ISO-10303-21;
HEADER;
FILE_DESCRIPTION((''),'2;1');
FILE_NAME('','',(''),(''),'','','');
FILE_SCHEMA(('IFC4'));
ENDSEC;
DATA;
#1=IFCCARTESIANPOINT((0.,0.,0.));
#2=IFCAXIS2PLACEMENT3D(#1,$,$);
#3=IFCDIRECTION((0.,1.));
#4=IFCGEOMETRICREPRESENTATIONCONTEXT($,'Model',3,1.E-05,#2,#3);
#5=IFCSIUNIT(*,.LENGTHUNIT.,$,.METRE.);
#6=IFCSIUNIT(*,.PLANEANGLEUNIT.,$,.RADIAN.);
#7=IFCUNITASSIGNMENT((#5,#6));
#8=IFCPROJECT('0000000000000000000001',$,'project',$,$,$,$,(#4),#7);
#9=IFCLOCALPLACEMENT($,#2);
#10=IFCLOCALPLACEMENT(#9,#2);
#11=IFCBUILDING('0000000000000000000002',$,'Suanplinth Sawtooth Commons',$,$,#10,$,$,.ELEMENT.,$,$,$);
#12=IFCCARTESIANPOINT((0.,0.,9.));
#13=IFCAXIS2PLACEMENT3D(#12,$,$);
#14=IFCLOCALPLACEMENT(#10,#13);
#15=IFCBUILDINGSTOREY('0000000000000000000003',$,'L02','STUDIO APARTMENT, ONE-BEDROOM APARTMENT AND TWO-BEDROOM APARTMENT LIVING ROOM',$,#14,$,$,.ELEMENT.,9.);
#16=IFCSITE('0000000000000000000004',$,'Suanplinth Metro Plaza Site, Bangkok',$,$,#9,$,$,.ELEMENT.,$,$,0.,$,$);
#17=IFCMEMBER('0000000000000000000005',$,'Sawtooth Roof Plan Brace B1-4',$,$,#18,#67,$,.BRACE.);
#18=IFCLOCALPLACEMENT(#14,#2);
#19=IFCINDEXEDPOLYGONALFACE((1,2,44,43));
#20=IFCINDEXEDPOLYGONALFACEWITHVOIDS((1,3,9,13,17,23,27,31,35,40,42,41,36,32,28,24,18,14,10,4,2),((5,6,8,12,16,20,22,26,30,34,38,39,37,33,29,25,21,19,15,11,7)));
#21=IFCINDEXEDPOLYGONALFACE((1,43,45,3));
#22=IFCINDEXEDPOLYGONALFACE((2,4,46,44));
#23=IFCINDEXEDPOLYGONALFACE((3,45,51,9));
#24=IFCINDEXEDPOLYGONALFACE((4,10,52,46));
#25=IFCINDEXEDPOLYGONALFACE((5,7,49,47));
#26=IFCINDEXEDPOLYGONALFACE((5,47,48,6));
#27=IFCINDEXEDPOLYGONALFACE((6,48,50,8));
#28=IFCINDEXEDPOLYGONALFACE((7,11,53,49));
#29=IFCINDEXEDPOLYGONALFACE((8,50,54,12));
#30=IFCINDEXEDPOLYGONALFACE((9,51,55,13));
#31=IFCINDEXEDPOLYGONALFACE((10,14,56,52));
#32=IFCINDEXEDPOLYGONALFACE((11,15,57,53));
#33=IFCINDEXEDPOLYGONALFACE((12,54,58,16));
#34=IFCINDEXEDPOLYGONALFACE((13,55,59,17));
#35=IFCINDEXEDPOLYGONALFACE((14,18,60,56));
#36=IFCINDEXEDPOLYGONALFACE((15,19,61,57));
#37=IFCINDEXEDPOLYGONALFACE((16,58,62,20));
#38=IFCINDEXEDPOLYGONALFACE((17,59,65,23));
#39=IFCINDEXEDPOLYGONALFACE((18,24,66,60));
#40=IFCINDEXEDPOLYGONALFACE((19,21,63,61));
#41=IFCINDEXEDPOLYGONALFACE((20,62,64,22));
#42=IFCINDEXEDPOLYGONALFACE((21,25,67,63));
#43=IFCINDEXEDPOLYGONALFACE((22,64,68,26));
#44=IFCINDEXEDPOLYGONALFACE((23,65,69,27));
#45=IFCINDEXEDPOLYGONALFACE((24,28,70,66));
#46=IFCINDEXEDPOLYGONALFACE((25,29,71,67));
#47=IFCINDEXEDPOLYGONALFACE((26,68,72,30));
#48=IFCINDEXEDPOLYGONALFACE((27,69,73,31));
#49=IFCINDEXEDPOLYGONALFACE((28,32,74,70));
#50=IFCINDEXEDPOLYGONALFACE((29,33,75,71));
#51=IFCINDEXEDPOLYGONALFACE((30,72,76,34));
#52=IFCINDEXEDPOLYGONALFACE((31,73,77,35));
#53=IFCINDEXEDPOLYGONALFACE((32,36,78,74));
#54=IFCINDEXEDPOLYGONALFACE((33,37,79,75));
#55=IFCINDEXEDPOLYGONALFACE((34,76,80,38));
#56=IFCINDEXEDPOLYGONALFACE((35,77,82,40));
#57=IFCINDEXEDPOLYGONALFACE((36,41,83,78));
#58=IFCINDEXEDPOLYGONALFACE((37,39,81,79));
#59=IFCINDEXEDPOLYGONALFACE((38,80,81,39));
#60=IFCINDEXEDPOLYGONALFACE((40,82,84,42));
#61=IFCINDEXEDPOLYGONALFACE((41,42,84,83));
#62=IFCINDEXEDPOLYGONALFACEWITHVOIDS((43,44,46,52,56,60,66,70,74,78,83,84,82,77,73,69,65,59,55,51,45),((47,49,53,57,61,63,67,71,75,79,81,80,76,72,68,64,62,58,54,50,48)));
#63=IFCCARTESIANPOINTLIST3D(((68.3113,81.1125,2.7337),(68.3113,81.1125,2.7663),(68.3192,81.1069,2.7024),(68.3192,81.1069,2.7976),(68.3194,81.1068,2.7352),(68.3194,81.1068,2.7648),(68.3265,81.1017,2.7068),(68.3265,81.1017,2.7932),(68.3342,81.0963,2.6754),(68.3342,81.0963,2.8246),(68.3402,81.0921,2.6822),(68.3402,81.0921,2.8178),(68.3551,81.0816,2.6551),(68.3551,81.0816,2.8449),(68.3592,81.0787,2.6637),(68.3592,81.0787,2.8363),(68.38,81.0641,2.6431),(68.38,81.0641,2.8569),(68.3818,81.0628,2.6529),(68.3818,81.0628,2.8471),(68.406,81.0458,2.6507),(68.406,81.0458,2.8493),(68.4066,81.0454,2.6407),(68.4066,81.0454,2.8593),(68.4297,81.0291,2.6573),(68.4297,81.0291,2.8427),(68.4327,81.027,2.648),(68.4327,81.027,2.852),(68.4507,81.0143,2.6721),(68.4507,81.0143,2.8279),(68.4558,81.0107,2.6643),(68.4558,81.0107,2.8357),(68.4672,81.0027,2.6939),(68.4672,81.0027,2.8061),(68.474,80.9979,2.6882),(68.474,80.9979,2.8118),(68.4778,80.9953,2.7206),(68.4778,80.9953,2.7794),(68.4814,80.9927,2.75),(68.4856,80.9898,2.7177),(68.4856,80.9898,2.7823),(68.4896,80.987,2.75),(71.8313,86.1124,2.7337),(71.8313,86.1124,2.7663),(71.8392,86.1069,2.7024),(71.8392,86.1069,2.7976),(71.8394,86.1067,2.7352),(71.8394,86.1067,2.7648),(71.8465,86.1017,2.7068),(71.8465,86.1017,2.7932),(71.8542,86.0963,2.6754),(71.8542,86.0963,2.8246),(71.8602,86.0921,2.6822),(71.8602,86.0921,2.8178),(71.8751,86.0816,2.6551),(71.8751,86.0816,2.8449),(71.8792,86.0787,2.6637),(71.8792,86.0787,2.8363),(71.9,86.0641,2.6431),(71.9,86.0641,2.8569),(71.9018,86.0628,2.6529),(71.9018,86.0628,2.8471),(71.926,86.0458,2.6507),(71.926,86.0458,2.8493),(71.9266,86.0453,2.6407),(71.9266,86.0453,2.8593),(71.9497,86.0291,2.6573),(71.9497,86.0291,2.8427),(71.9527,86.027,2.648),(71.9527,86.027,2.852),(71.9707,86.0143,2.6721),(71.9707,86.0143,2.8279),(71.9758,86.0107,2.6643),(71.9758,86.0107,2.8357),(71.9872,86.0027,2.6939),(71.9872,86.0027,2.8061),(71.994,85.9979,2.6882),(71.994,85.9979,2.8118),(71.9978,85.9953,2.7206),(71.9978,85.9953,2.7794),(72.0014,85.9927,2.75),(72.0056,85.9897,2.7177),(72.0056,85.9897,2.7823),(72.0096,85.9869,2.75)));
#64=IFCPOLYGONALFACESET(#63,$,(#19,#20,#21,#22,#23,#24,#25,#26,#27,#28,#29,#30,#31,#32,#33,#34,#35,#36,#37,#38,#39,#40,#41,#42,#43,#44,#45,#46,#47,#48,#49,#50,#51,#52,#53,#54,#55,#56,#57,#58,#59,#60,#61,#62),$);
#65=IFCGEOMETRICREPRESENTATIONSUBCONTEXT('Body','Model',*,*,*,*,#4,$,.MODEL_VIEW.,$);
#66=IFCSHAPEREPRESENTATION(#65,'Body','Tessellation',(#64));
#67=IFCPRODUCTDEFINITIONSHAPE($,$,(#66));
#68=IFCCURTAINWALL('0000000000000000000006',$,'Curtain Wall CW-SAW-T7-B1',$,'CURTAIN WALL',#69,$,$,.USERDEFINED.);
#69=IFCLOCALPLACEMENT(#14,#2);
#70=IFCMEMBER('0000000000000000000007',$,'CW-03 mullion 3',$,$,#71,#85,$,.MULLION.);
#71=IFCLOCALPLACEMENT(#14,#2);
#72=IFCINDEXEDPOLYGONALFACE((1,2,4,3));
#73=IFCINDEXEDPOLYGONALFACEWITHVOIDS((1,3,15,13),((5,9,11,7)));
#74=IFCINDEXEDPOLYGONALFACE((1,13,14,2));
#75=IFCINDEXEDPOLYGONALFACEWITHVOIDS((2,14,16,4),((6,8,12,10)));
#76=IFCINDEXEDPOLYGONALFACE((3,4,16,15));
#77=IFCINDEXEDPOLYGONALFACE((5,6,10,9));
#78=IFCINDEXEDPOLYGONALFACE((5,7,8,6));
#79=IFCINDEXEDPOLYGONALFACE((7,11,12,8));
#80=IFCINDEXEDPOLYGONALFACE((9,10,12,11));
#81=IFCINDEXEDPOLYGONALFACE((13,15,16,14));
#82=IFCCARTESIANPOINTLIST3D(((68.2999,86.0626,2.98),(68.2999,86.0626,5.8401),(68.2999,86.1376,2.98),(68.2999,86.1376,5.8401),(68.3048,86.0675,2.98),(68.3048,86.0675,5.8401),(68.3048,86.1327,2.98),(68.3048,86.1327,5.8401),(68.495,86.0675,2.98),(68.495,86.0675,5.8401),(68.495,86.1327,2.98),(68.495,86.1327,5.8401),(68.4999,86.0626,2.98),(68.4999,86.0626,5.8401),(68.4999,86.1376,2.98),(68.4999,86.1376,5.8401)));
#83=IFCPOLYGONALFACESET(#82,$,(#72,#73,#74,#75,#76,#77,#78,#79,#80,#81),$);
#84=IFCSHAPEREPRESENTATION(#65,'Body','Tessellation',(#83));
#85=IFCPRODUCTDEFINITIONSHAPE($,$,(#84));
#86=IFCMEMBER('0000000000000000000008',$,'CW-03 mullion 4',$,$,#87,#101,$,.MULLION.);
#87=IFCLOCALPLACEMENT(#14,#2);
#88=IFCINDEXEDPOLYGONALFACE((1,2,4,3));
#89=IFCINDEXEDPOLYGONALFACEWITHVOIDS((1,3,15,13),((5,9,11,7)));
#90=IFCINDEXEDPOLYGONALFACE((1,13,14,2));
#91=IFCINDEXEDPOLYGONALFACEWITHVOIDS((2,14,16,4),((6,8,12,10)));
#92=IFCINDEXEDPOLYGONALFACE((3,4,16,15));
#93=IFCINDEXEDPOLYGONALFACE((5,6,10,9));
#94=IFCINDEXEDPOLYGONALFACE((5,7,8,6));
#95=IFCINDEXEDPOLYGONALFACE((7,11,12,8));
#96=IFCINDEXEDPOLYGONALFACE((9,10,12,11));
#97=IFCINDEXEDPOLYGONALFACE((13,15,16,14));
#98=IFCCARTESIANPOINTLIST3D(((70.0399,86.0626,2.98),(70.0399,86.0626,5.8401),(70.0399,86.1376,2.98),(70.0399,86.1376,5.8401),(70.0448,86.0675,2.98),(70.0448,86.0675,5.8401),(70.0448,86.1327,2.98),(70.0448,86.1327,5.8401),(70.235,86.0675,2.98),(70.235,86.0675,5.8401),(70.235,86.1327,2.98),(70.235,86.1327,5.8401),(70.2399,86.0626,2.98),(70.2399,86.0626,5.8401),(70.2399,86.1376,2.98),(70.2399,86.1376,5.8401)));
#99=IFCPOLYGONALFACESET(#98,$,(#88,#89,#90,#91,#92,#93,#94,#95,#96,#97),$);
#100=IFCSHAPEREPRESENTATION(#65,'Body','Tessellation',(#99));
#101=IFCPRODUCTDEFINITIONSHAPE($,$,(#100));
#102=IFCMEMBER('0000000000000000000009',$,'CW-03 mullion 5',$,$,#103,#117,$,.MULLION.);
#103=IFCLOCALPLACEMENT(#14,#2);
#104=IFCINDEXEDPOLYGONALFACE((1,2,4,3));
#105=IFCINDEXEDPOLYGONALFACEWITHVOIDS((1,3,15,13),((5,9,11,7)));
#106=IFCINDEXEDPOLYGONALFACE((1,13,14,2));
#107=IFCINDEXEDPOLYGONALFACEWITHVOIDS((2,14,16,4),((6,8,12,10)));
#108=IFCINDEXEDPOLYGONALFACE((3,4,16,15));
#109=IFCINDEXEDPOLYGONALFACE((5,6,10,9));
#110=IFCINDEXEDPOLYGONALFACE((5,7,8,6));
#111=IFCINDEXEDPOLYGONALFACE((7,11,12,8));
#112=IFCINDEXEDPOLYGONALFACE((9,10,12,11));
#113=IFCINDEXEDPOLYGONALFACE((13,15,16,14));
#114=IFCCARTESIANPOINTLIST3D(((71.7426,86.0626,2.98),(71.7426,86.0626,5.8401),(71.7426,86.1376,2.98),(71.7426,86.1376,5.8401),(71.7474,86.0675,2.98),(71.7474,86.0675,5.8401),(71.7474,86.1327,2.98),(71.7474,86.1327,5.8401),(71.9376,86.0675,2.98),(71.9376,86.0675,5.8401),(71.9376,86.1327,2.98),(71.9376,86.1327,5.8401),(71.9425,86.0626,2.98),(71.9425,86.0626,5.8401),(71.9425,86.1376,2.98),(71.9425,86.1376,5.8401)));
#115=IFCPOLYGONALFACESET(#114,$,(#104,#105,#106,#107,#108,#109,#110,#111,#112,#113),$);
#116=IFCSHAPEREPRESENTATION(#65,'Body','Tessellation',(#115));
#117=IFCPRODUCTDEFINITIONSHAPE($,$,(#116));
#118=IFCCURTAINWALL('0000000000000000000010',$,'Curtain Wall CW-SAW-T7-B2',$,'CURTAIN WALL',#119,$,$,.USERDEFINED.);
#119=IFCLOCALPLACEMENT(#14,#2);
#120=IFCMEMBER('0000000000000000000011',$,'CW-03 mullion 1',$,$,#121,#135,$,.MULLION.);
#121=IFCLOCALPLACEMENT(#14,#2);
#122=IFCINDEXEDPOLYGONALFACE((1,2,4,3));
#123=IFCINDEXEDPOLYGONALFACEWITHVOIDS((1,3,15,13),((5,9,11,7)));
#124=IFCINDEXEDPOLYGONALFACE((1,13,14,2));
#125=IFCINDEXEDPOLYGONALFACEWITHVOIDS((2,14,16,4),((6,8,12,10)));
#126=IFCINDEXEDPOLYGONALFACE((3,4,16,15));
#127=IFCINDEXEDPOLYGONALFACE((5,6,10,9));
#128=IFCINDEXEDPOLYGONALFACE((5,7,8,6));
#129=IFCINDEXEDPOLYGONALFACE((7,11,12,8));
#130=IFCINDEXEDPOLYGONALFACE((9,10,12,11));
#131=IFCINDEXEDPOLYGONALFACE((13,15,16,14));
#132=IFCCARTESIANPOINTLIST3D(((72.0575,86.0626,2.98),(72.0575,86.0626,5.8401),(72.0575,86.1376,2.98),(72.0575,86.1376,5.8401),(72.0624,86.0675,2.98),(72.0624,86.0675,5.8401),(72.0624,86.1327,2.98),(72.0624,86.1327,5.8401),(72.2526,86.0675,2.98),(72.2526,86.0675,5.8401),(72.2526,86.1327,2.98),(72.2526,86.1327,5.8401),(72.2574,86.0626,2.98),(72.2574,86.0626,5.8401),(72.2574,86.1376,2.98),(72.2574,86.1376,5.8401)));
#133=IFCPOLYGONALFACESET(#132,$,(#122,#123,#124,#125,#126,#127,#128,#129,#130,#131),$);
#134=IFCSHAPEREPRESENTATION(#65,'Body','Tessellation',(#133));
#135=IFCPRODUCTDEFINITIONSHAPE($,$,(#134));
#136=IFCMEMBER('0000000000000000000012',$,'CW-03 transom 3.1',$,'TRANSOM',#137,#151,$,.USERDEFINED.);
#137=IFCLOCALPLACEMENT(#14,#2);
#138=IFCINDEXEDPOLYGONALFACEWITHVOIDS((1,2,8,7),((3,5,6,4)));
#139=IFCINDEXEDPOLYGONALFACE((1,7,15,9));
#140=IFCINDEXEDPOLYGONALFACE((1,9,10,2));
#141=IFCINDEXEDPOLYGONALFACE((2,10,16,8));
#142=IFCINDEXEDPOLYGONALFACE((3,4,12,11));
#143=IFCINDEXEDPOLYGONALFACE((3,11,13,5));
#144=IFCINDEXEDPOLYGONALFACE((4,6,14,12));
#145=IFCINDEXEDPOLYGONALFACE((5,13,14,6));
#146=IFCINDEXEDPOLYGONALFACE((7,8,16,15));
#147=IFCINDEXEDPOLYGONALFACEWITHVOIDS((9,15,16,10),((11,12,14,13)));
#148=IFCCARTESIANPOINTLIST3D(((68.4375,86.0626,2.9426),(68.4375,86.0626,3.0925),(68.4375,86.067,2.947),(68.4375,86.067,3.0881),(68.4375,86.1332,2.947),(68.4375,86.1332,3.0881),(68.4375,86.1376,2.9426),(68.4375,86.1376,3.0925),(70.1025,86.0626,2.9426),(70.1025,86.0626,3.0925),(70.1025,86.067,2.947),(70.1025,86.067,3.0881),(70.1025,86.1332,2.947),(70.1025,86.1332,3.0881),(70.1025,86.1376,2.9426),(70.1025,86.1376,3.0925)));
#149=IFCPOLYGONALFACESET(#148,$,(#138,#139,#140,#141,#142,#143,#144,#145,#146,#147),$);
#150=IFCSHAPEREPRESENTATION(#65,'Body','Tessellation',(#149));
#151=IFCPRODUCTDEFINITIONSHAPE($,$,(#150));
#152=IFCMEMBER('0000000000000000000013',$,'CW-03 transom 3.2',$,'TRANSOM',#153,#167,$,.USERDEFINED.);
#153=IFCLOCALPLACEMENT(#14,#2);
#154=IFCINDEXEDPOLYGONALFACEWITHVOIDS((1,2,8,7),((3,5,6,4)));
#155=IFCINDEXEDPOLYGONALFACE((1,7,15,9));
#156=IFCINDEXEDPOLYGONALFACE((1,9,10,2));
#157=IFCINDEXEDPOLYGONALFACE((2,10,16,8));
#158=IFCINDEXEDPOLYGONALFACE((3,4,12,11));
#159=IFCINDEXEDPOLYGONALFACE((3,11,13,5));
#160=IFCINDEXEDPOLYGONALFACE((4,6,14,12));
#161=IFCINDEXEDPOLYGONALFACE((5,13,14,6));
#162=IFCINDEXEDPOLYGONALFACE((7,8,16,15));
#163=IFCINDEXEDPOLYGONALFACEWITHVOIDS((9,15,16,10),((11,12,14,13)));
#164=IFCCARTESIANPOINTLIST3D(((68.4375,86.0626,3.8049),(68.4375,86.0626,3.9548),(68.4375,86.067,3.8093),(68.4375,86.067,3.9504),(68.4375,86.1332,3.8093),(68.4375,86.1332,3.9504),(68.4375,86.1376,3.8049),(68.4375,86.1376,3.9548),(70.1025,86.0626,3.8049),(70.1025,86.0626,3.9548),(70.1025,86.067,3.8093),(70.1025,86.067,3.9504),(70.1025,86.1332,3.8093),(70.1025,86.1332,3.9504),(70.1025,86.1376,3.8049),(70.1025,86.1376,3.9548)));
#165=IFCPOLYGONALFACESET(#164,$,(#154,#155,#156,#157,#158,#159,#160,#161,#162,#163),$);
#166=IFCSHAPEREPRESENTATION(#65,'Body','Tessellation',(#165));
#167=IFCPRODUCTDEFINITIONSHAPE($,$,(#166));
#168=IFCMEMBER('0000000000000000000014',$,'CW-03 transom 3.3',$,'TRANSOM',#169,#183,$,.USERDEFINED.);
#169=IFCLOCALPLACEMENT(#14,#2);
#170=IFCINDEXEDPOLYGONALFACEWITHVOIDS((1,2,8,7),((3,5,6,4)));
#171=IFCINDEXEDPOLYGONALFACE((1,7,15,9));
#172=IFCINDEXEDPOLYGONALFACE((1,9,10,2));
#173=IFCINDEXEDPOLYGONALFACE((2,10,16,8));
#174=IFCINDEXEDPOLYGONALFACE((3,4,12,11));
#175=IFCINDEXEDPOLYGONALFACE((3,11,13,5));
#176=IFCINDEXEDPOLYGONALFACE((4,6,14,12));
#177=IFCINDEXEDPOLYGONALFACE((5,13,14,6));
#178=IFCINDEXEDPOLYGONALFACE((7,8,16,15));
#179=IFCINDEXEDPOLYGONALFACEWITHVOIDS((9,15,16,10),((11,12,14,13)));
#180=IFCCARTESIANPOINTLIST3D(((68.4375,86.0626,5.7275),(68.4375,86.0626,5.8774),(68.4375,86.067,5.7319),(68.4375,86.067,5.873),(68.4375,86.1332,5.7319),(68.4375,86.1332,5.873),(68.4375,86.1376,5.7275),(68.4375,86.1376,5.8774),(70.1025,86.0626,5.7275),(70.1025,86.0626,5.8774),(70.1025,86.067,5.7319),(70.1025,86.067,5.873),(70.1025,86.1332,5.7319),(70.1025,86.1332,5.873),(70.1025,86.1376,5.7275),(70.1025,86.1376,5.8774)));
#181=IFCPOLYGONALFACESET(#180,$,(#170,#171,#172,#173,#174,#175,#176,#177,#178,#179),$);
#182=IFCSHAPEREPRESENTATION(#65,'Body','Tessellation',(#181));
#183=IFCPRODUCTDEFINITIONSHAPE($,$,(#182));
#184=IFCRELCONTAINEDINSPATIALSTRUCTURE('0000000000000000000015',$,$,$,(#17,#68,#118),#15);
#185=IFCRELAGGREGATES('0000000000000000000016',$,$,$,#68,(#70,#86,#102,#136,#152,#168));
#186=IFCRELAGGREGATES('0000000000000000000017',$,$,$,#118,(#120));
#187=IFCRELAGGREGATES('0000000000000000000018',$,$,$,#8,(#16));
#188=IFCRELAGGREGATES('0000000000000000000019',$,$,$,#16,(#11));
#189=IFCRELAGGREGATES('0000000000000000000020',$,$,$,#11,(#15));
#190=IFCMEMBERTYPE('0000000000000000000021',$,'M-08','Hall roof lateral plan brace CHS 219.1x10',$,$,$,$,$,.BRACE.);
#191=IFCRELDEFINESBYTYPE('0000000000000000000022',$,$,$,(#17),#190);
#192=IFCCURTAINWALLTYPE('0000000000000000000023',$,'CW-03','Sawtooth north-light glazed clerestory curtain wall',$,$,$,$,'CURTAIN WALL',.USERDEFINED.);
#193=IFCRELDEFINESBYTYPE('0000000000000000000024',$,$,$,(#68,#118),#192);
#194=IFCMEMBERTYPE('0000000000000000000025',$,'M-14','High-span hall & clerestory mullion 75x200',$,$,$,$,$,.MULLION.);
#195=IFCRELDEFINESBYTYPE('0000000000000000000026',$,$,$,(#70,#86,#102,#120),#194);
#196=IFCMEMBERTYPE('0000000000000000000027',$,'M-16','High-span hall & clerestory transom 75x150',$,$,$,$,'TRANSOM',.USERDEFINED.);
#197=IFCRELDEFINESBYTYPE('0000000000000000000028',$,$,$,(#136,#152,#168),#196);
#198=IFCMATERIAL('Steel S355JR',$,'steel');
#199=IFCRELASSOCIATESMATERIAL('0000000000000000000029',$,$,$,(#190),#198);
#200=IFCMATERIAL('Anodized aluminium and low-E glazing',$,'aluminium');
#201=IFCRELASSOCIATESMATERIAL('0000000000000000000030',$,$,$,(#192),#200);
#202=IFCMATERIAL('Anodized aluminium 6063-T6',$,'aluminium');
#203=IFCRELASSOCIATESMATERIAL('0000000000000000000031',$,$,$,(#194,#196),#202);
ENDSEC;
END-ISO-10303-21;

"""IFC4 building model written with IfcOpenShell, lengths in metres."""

from ifc_helpers import new_model, si_unit, direction, frame, origin, origin_2d, place, context, subcontext, project, spatial, hollow_rectangle, hollow_circle, extrude, material, material_profile, profile_set, type_object, element, aggregate, save


model = new_model("IFC4")

# Units and contexts
model_context = context("Model", 3, precision=1e-05, world=origin(), true_north=direction((0.0, 1.0)))
body_context = subcontext(model_context, "Body", "Model", "MODEL_VIEW")
ifc_project = project(units=[si_unit("LENGTHUNIT", "METRE"), si_unit("PLANEANGLEUNIT", "RADIAN")], contexts=[model_context])

# Site, building, storey
site_placement = place(None, origin())
site = spatial("IfcSite", under=ifc_project, at=site_placement, Name="Suanplinth Metro Plaza Site, Bangkok", CompositionType="ELEMENT", RefElevation=0.0)
building_placement = place(site_placement, origin())
building = spatial("IfcBuilding", under=site, at=building_placement, Name="Suanplinth Sawtooth Commons", CompositionType="ELEMENT")
storey_placement = place(building_placement, frame((0.0, 0.0, 9.0)))
storey = spatial("IfcBuildingStorey", under=building, at=storey_placement, Name="L02", Description="STUDIO APARTMENT, ONE-BEDROOM APARTMENT AND TWO-BEDROOM APARTMENT LIVING ROOM", CompositionType="ELEMENT", Elevation=9.0)

# Member
ifc_material_1 = material(Name="Steel S355JR", Category="steel")
ifc_material_profile_1 = material_profile(ifc_material_1, hollow_circle(Radius=0.1096, WallThickness=0.01, at=origin_2d()), Name="CHS 219.1x10")
ifc_profile_set_1 = profile_set([ifc_material_profile_1], Name="Steel S355JR")
member_type_1 = type_object("IfcMemberType", Name="M-08", Description="Hall roof lateral plan brace CHS 219.1x10", PredefinedType="BRACE", material=ifc_profile_set_1)
member_1_placement = place(storey_placement, frame((71.9199, 86.05, 2.75), z_axis=(-0.575658, -0.817691, 0.0), x_axis=(0.817691, -0.575658, 0.0)))
element("IfcMember", 1, at=member_1_placement, inside=storey, type_object=member_type_1, Name="Sawtooth Roof Plan Brace B1-4", PredefinedType="BRACE", context=body_context, shape_type="SweptSolid", body=[
    extrude(hollow_circle(Radius=0.1096, WallThickness=0.01, at=origin_2d()), origin(), (0.0, 0.0, 1.0), 6.1147),
])

# Curtain wall, members
ifc_material_2 = material(Name="Anodized aluminium and low-E glazing", Category="aluminium")
curtain_wall_type = type_object("IfcCurtainWallType", Name="CW-03", Description="Sawtooth north-light glazed clerestory curtain wall", ElementType="CURTAIN WALL", PredefinedType="USERDEFINED", material=ifc_material_2)
curtain_wall_1_placement = place(storey_placement, origin())
curtain_wall_1 = element("IfcCurtainWall", 2, at=curtain_wall_1_placement, inside=storey, type_object=curtain_wall_type, Name="Curtain Wall CW-SAW-T7-B1", ObjectType="CURTAIN WALL", PredefinedType="USERDEFINED")
ifc_material_3 = material(Name="Anodized aluminium 6063-T6", Category="aluminium")
ifc_material_profile_2 = material_profile(ifc_material_3, hollow_rectangle(XDim=0.075, YDim=0.2, WallThickness=0.0049, at=origin_2d()), Name="ALU-MUL 75x200")
ifc_profile_set_2 = profile_set([ifc_material_profile_2], Name="Anodized aluminium 6063-T6")
member_type_2 = type_object("IfcMemberType", Name="M-14", Description="High-span hall & clerestory mullion 75x200", PredefinedType="MULLION", material=ifc_profile_set_2)
member_2_placement = place(storey_placement, frame((68.3999, 86.1001, 2.98), z_axis=(0.0, 0.0, 1.0), x_axis=(0.0, 1.0, 0.0)))
member_2 = element("IfcMember", 3, at=member_2_placement, type_object=member_type_2, Name="CW-03 mullion 3", PredefinedType="MULLION", context=body_context, shape_type="SweptSolid", body=[
    extrude(hollow_rectangle(XDim=0.075, YDim=0.2, WallThickness=0.0049, at=origin_2d()), origin(), (0.0, 0.0, 1.0), 2.8601),
])
member_3_placement = place(storey_placement, frame((70.1399, 86.1001, 2.98), z_axis=(0.0, 0.0, 1.0), x_axis=(0.0, 1.0, 0.0)))
member_3 = element("IfcMember", 4, at=member_3_placement, type_object=member_type_2, Name="CW-03 mullion 4", PredefinedType="MULLION", context=body_context, shape_type="SweptSolid", body=[
    extrude(hollow_rectangle(XDim=0.075, YDim=0.2, WallThickness=0.0049, at=origin_2d()), origin(), (0.0, 0.0, 1.0), 2.8601),
])
member_4_placement = place(storey_placement, frame((71.8425, 86.1001, 2.98), z_axis=(0.0, 0.0, 1.0), x_axis=(0.0, 1.0, 0.0)))
member_4 = element("IfcMember", 5, at=member_4_placement, type_object=member_type_2, Name="CW-03 mullion 5", PredefinedType="MULLION", context=body_context, shape_type="SweptSolid", body=[
    extrude(hollow_rectangle(XDim=0.075, YDim=0.2, WallThickness=0.0049, at=origin_2d()), origin(), (0.0, 0.0, 1.0), 2.8601),
])

# Curtain wall, member
curtain_wall_2_placement = place(storey_placement, origin())
curtain_wall_2 = element("IfcCurtainWall", 6, at=curtain_wall_2_placement, inside=storey, type_object=curtain_wall_type, Name="Curtain Wall CW-SAW-T7-B2", ObjectType="CURTAIN WALL", PredefinedType="USERDEFINED")
member_5_placement = place(storey_placement, frame((72.1575, 86.1001, 2.98), z_axis=(0.0, 0.0, 1.0), x_axis=(0.0, 1.0, 0.0)))
member_5 = element("IfcMember", 7, at=member_5_placement, type_object=member_type_2, Name="CW-03 mullion 1", PredefinedType="MULLION", context=body_context, shape_type="SweptSolid", body=[
    extrude(hollow_rectangle(XDim=0.075, YDim=0.2, WallThickness=0.0049, at=origin_2d()), origin(), (0.0, 0.0, 1.0), 2.8601),
])

# Members
ifc_material_profile_3 = material_profile(ifc_material_3, hollow_rectangle(XDim=0.075, YDim=0.1499, WallThickness=0.0044, at=origin_2d()), Name="ALU-TRN 75x150")
ifc_profile_set_3 = profile_set([ifc_material_profile_3], Name="Anodized aluminium 6063-T6")
member_type_3 = type_object("IfcMemberType", Name="M-16", Description="High-span hall & clerestory transom 75x150", ElementType="TRANSOM", PredefinedType="USERDEFINED", material=ifc_profile_set_3)
member_6_placement = place(storey_placement, frame((68.4375, 86.1001, 3.0176), z_axis=(1.0, 0.0, 0.0), x_axis=(0.0, 1.0, 0.0)))
member_6 = element("IfcMember", 8, at=member_6_placement, type_object=member_type_3, Name="CW-03 transom 3.1", ObjectType="TRANSOM", PredefinedType="USERDEFINED", context=body_context, shape_type="SweptSolid", body=[
    extrude(hollow_rectangle(XDim=0.075, YDim=0.1499, WallThickness=0.0044, at=origin_2d()), origin(), (0.0, 0.0, 1.0), 1.665),
])
member_7_placement = place(storey_placement, frame((68.4375, 86.1001, 3.8799), z_axis=(1.0, 0.0, 0.0), x_axis=(0.0, 1.0, 0.0)))
member_7 = element("IfcMember", 9, at=member_7_placement, type_object=member_type_3, Name="CW-03 transom 3.2", ObjectType="TRANSOM", PredefinedType="USERDEFINED", context=body_context, shape_type="SweptSolid", body=[
    extrude(hollow_rectangle(XDim=0.075, YDim=0.1499, WallThickness=0.0044, at=origin_2d()), origin(), (0.0, 0.0, 1.0), 1.665),
])
member_8_placement = place(storey_placement, frame((68.4375, 86.1001, 5.8025), z_axis=(1.0, 0.0, 0.0), x_axis=(0.0, 1.0, 0.0)))
member_8 = element("IfcMember", 10, at=member_8_placement, type_object=member_type_3, Name="CW-03 transom 3.3", ObjectType="TRANSOM", PredefinedType="USERDEFINED", context=body_context, shape_type="SweptSolid", body=[
    extrude(hollow_rectangle(XDim=0.075, YDim=0.1499, WallThickness=0.0044, at=origin_2d()), origin(), (0.0, 0.0, 1.0), 1.665),
])

aggregate(curtain_wall_1, [member_2, member_3, member_4, member_6, member_7, member_8])
aggregate(curtain_wall_2, [member_5])

save(model, "model.ifc")
